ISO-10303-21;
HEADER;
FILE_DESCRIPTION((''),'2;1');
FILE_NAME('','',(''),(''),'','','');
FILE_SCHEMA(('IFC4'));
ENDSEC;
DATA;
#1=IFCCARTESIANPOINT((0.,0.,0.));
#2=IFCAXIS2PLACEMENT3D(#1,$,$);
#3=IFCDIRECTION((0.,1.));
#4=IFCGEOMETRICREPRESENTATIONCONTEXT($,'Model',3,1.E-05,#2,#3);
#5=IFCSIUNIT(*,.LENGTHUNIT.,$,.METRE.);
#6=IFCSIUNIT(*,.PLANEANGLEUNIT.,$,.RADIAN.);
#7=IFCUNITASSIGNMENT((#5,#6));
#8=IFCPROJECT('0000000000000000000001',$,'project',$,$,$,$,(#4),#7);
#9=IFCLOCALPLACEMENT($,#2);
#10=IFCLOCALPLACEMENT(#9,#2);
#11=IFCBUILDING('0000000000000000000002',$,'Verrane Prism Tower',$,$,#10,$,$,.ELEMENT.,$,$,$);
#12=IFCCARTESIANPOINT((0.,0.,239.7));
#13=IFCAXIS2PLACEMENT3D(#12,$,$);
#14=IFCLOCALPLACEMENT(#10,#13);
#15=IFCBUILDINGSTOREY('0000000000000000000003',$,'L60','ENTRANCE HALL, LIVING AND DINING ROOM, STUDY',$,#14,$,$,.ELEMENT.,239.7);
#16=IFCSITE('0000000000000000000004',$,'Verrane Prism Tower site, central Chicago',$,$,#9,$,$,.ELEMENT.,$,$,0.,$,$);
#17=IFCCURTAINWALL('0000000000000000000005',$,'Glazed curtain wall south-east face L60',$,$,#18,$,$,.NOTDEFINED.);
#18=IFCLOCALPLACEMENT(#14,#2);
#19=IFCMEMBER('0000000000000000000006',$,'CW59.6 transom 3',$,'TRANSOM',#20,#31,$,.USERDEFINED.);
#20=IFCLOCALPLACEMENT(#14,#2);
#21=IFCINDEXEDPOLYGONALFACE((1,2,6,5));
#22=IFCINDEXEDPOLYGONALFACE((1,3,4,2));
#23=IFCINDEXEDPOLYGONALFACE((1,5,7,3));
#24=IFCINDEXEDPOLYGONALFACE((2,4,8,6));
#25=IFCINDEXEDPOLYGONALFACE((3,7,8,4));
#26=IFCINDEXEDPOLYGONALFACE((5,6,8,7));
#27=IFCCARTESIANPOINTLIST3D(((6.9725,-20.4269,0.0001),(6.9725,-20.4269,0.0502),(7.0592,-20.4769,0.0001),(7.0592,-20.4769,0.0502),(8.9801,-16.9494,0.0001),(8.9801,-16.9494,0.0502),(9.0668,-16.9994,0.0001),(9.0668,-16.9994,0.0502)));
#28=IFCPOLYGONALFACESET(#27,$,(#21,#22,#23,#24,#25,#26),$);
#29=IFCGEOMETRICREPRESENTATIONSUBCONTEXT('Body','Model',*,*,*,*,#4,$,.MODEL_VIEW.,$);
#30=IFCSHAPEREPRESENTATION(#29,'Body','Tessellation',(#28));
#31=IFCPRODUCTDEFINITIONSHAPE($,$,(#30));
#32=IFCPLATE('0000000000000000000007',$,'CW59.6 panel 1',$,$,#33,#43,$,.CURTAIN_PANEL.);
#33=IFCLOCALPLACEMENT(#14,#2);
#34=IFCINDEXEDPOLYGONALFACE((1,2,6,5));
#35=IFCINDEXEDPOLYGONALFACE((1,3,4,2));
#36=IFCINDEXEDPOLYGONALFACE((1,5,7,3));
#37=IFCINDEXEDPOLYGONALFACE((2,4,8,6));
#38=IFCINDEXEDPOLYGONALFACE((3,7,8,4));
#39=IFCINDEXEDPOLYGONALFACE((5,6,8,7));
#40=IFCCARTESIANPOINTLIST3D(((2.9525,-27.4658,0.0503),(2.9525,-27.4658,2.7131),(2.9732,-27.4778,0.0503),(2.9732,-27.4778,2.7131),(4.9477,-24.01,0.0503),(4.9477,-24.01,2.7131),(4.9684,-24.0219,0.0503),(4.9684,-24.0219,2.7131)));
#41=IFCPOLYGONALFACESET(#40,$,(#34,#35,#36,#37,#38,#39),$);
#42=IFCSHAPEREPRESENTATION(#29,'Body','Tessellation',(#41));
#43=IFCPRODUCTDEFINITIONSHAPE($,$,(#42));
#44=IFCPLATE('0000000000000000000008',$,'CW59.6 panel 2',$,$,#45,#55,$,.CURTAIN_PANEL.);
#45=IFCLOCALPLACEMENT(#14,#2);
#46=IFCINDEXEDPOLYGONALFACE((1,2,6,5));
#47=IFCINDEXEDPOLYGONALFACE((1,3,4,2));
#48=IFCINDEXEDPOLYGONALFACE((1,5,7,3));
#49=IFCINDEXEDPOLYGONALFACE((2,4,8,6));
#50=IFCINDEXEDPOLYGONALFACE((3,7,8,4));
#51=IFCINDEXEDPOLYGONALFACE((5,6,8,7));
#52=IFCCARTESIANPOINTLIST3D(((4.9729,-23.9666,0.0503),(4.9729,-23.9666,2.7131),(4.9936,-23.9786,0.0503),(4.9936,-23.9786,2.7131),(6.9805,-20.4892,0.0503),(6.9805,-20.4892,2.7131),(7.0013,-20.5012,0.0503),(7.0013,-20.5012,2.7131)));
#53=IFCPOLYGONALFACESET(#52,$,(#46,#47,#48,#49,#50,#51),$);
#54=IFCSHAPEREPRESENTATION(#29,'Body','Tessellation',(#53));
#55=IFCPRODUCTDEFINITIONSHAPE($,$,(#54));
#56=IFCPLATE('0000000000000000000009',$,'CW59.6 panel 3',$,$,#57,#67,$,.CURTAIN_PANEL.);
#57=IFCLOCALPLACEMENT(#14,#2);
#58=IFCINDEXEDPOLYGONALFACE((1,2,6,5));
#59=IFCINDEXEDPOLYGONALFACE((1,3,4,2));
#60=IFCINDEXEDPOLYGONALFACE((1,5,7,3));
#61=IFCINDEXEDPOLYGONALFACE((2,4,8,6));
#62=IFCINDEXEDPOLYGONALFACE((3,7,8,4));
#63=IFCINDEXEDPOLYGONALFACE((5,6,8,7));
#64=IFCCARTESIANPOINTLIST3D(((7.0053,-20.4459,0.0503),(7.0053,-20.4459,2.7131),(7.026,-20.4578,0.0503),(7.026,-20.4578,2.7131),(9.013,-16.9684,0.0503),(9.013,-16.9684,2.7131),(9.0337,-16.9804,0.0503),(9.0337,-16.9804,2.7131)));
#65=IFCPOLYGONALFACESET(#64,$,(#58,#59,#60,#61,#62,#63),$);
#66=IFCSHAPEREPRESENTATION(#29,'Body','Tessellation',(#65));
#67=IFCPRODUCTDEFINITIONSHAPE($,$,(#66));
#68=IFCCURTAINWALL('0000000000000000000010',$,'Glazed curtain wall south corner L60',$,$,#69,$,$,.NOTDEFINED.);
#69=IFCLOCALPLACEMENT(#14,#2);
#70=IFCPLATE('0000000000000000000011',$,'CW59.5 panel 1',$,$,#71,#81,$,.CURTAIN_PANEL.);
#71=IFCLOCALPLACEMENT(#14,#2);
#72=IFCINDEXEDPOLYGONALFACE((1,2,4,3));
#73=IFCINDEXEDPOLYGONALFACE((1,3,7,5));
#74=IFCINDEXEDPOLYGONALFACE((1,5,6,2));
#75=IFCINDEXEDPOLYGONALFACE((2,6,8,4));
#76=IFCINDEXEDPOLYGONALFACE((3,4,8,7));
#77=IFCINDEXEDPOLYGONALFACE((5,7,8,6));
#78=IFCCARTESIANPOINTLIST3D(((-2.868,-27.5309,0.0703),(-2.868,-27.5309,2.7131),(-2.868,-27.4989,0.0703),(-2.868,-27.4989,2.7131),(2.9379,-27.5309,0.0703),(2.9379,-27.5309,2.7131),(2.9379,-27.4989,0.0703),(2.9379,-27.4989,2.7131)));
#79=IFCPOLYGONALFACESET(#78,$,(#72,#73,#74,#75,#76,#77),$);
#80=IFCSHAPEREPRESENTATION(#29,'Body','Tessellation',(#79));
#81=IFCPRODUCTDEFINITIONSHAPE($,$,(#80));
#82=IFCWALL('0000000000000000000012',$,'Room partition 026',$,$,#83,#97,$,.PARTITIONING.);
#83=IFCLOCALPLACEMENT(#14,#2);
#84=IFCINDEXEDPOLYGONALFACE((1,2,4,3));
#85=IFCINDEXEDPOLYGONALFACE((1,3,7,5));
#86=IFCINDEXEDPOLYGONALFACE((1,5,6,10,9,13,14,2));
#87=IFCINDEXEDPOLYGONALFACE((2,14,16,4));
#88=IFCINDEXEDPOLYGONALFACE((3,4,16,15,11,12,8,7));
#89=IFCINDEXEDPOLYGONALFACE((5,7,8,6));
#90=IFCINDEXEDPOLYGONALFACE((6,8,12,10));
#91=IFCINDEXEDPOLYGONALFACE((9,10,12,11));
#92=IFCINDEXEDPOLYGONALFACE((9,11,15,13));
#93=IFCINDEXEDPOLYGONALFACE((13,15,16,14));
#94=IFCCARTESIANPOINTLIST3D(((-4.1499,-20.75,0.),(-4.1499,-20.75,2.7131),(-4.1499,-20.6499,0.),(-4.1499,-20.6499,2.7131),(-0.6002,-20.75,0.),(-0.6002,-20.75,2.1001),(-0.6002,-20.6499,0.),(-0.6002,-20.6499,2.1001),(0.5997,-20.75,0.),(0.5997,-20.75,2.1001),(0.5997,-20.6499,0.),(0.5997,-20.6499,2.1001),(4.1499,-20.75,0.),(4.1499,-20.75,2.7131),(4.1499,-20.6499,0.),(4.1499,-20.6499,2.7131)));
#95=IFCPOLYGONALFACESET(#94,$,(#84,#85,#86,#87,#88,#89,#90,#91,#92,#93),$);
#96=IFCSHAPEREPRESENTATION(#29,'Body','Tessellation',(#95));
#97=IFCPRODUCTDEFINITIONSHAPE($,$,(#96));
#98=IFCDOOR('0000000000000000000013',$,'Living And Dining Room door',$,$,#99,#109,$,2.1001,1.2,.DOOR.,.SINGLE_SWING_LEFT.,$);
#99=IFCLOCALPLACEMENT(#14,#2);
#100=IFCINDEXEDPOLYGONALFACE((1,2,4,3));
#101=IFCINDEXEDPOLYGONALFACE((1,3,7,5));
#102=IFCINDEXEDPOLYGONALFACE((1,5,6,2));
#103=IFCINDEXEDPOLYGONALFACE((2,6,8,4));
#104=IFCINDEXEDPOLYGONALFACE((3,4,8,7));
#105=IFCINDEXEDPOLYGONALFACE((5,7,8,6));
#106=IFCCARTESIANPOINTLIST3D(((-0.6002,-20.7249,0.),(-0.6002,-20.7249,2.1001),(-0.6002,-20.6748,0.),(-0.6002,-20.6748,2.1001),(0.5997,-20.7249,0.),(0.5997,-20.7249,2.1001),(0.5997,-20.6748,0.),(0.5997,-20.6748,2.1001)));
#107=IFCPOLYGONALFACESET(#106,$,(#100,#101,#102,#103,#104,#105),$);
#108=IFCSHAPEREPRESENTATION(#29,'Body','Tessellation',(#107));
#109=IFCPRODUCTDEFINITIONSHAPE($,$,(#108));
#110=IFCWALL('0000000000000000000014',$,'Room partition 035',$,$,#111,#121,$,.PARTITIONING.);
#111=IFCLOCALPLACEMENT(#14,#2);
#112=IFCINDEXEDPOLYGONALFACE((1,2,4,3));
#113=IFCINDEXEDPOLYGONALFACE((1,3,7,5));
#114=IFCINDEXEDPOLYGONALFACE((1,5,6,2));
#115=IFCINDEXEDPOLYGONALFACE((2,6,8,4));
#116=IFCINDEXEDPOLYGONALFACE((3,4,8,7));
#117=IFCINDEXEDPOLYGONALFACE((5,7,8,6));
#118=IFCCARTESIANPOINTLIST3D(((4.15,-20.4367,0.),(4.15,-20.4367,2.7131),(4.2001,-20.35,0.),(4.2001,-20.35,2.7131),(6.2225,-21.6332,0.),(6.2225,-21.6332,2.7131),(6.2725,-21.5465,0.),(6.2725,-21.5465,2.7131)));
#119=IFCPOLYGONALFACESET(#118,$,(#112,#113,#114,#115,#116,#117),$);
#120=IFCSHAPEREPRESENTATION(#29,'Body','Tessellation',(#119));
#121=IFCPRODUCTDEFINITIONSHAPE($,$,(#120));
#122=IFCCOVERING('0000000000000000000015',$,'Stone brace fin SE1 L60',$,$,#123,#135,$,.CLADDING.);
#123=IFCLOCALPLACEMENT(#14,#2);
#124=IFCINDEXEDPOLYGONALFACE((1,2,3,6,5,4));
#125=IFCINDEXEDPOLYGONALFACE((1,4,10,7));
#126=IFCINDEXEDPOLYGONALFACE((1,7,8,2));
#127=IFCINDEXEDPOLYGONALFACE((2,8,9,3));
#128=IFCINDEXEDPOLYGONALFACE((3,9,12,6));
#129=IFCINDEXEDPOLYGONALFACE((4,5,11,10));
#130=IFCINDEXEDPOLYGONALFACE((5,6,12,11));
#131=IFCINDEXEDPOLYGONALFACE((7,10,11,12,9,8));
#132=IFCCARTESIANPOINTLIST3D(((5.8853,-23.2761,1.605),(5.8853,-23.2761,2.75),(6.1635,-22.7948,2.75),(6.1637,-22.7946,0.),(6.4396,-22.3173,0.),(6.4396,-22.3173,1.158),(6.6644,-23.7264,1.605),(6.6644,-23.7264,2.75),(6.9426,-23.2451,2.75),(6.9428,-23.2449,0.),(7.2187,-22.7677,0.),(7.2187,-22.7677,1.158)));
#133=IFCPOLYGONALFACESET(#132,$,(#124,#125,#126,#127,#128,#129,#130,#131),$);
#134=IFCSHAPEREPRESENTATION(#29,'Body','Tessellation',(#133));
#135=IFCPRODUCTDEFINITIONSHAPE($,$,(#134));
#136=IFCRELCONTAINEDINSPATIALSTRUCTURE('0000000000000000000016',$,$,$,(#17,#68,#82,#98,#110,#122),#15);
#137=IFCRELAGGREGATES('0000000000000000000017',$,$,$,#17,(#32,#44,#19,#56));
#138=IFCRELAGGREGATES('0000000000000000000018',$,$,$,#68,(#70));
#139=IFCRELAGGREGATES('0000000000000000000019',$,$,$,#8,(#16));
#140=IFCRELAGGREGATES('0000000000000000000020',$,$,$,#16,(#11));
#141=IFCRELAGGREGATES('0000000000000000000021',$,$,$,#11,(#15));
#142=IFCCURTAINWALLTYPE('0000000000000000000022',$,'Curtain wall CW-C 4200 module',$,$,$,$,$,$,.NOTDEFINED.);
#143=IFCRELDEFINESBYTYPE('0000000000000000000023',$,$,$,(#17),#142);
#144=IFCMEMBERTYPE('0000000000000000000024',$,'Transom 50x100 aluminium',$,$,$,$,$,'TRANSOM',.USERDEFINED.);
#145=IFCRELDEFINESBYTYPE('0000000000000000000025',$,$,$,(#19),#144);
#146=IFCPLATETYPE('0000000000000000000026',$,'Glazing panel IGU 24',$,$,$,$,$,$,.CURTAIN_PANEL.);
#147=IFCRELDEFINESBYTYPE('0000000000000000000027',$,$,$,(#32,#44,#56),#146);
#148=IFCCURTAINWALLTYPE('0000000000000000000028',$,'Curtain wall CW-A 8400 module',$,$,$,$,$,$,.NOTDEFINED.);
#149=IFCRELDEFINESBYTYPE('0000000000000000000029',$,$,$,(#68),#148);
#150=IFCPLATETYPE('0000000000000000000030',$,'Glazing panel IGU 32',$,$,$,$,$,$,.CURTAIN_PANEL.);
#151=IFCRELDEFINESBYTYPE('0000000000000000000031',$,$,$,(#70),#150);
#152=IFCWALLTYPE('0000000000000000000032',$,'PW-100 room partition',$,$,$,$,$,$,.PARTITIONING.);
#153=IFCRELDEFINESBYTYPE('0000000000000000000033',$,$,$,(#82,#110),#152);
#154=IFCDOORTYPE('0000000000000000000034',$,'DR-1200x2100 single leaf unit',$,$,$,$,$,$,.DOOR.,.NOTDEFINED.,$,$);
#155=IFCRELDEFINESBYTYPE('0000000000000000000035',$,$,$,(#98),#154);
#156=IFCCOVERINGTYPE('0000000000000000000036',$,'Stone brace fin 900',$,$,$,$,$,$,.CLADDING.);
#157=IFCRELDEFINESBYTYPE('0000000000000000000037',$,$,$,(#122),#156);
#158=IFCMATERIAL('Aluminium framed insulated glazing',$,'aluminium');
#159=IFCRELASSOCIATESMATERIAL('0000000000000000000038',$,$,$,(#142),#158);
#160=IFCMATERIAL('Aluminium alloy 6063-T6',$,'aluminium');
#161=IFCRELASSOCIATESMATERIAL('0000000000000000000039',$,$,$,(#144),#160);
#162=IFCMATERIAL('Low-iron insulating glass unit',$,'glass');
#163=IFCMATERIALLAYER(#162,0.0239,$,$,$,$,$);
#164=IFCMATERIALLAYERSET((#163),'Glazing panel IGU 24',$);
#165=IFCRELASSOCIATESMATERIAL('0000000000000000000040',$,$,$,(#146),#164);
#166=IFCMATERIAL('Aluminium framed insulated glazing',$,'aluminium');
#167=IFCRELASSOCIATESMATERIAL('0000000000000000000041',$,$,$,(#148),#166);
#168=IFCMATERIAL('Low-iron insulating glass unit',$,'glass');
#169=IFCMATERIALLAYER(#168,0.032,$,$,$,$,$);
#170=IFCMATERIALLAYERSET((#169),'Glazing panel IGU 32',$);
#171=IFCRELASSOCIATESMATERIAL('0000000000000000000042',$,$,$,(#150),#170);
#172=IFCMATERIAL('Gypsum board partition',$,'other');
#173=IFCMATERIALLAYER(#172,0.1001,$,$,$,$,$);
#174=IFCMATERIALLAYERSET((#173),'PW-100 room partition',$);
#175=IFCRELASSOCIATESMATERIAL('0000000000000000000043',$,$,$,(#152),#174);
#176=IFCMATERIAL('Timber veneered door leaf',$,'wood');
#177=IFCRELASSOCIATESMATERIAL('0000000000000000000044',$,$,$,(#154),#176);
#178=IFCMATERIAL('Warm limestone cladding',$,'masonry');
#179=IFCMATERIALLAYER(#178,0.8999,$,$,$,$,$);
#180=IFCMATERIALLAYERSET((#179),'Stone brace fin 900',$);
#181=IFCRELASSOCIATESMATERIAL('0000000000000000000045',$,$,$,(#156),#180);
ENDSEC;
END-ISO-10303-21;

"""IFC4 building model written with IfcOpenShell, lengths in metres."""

from ifc_helpers import new_model, si_unit, direction, frame, frame_2d, origin, origin_2d, place, context, subcontext, project, spatial, polyline, rectangle, outline, extrude, material, layer, layer_set, material_profile, profile_set, type_object, element, fill, aggregate, save


model = new_model("IFC4")

# Units and contexts
model_context = context("Model", 3, precision=1e-05, world=origin(), true_north=direction((0.0, 1.0)))
body_context = subcontext(model_context, "Body", "Model", "MODEL_VIEW")
ifc_project = project(units=[si_unit("LENGTHUNIT", "METRE"), si_unit("PLANEANGLEUNIT", "RADIAN")], contexts=[model_context])

# Site, building, storey
site_placement = place(None, origin())
site = spatial("IfcSite", under=ifc_project, at=site_placement, Name="Verrane Prism Tower site, central Chicago", CompositionType="ELEMENT", RefElevation=0.0)
building_placement = place(site_placement, origin())
building = spatial("IfcBuilding", under=site, at=building_placement, Name="Verrane Prism Tower", CompositionType="ELEMENT")
storey_placement = place(building_placement, frame((0.0, 0.0, 239.7)))
storey = spatial("IfcBuildingStorey", under=building, at=storey_placement, Name="L60", Description="ENTRANCE HALL, LIVING AND DINING ROOM, STUDY", CompositionType="ELEMENT", Elevation=239.7)

# Curtain wall
ifc_material_1 = material(Name="Aluminium framed insulated glazing", Category="aluminium")
curtain_wall_type_1 = type_object("IfcCurtainWallType", Name="Curtain wall CW-C 4200 module", PredefinedType="NOTDEFINED", material=ifc_material_1)
curtain_wall_1_placement = place(storey_placement, origin())
curtain_wall_1 = element("IfcCurtainWall", 1, at=curtain_wall_1_placement, inside=storey, type_object=curtain_wall_type_1, Name="Glazed curtain wall south-east face L60", PredefinedType="NOTDEFINED")

# Member
ifc_material_2 = material(Name="Aluminium alloy 6063-T6", Category="aluminium")
ifc_material_profile_1 = material_profile(ifc_material_2, rectangle(XDim=0.1001, YDim=0.05, at=origin_2d()), Name="Transom 50x100 aluminium")
ifc_profile_set_1 = profile_set([ifc_material_profile_1], Name="Aluminium alloy 6063-T6")
member_type_1 = type_object("IfcMemberType", Name="Transom 50x100 aluminium", ElementType="TRANSOM", PredefinedType="USERDEFINED", material=ifc_profile_set_1)
member_1_placement = place(storey_placement, frame((7.0159, -20.4519, 0.0251), z_axis=(0.499965, 0.866046, 0.0), x_axis=(-0.866046, 0.499965, 0.0)))
member_1 = element("IfcMember", 2, at=member_1_placement, type_object=member_type_1, Name="CW59.6 transom 3", ObjectType="TRANSOM", PredefinedType="USERDEFINED", context=body_context, shape_type="SweptSolid", body=[
    extrude(rectangle(XDim=0.1001, YDim=0.05, at=origin_2d()), origin(), (0.0, 0.0, 1.0), 4.0154),
])

# Plates
ifc_material_3 = material(Name="Low-iron insulating glass unit", Category="glass")
ifc_layer_1 = layer(ifc_material_3, 0.0239)
ifc_layer_set_1 = layer_set([ifc_layer_1], Name="Glazing panel IGU 24")
plate_type_1 = type_object("IfcPlateType", Name="Glazing panel IGU 24", PredefinedType="CURTAIN_PANEL", material=ifc_layer_set_1)
plate_1_placement = place(storey_placement, frame((3.9604, -25.7439, 0.0503), z_axis=(0.0, 0.0, 1.0), x_axis=(0.499999, 0.866026, 0.0)))
plate_1 = element("IfcPlate", 3, at=plate_1_placement, type_object=plate_type_1, Name="CW59.6 panel 1", PredefinedType="CURTAIN_PANEL", context=body_context, shape_type="SweptSolid", body=[
    extrude(rectangle(XDim=3.9905, YDim=0.0239, at=origin_2d()), origin(), (0.0, 0.0, 1.0), 2.6628),
])
plate_2_placement = place(storey_placement, frame((5.9871, -22.2339, 0.0503), z_axis=(0.0, 0.0, 1.0), x_axis=(0.499999, 0.866026, 0.0)))
plate_2 = element("IfcPlate", 4, at=plate_2_placement, type_object=plate_type_1, Name="CW59.6 panel 2", PredefinedType="CURTAIN_PANEL", context=body_context, shape_type="SweptSolid", body=[
    extrude(rectangle(XDim=4.0154, YDim=0.0239, at=origin_2d()), origin(), (0.0, 0.0, 1.0), 2.6628),
])
plate_3_placement = place(storey_placement, frame((8.0195, -18.7131, 0.0503), z_axis=(0.0, 0.0, 1.0), x_axis=(0.499999, 0.866026, 0.0)))
plate_3 = element("IfcPlate", 5, at=plate_3_placement, type_object=plate_type_1, Name="CW59.6 panel 3", PredefinedType="CURTAIN_PANEL", context=body_context, shape_type="SweptSolid", body=[
    extrude(rectangle(XDim=4.0154, YDim=0.0239, at=origin_2d()), origin(), (0.0, 0.0, 1.0), 2.6628),
])
aggregate(curtain_wall_1, [plate_1, plate_2, member_1, plate_3])

# Curtain wall, plate
ifc_material_4 = material(Name="Aluminium framed insulated glazing", Category="aluminium")
curtain_wall_type_2 = type_object("IfcCurtainWallType", Name="Curtain wall CW-A 8400 module", PredefinedType="NOTDEFINED", material=ifc_material_4)
curtain_wall_2_placement = place(storey_placement, origin())
curtain_wall_2 = element("IfcCurtainWall", 6, at=curtain_wall_2_placement, inside=storey, type_object=curtain_wall_type_2, Name="Glazed curtain wall south corner L60", PredefinedType="NOTDEFINED")
ifc_material_5 = material(Name="Low-iron insulating glass unit", Category="glass")
ifc_layer_2 = layer(ifc_material_5, 0.032)
ifc_layer_set_2 = layer_set([ifc_layer_2], Name="Glazing panel IGU 32")
plate_type_2 = type_object("IfcPlateType", Name="Glazing panel IGU 32", PredefinedType="CURTAIN_PANEL", material=ifc_layer_set_2)
plate_4_placement = place(storey_placement, frame((0.0349, -27.5149, 0.0703), z_axis=(0.0, 0.0, 1.0), x_axis=(1.0, 0.0, 0.0)))
plate_4 = element("IfcPlate", 7, at=plate_4_placement, type_object=plate_type_2, Name="CW59.5 panel 1", PredefinedType="CURTAIN_PANEL", context=body_context, shape_type="SweptSolid", body=[
    extrude(rectangle(XDim=5.8059, YDim=0.032, at=origin_2d()), origin(), (0.0, 0.0, 1.0), 2.6428),
])
aggregate(curtain_wall_2, [plate_4])

# Wall, opening, door
ifc_material_6 = material(Name="Gypsum board partition", Category="other")
ifc_layer_3 = layer(ifc_material_6, 0.1001)
ifc_layer_set_3 = layer_set([ifc_layer_3], Name="PW-100 room partition")
wall_type = type_object("IfcWallType", Name="PW-100 room partition", PredefinedType="PARTITIONING", material=ifc_layer_set_3)
wall_1_placement = place(storey_placement, frame((4.1499, -20.7, 0.0), z_axis=(0.0, 0.0, 1.0), x_axis=(-1.0, 0.0, 0.0)))
wall_1 = element("IfcWall", 8, at=wall_1_placement, inside=storey, type_object=wall_type, Name="Room partition 026", PredefinedType="PARTITIONING", context=body_context, shape_type="SweptSolid", body=[
    extrude(rectangle(XDim=8.2998, YDim=0.1001, at=frame_2d((4.1499, 0.0))), origin(), (0.0, 0.0, 1.0), 2.7131),
])
opening_placement = place(wall_1_placement, frame((3.55, 0.0, 0.0)))
opening = element("IfcOpeningElement", 9, at=opening_placement, cuts=wall_1, PredefinedType="OPENING", context=body_context, shape_type="SweptSolid", body=[
    extrude(rectangle(XDim=1.2, YDim=2.1001, at=frame_2d((0.6001, 1.05))), frame((0.0, 0.0601, 0.0), z_axis=(0.0, -1.0, 0.0), x_axis=(1.0, 0.0, 0.0)), (0.0, 0.0, 1.0), 0.1201),
])
ifc_material_7 = material(Name="Timber veneered door leaf", Category="wood")
door_type = type_object("IfcDoorType", Name="DR-1200x2100 single leaf unit", OperationType="NOTDEFINED", PredefinedType="DOOR", material=ifc_material_7)
door_placement = place(opening_placement, origin())
door = element("IfcDoor", 10, at=door_placement, inside=storey, type_object=door_type, Name="Living And Dining Room door", OperationType="SINGLE_SWING_LEFT", OverallHeight=2.1001, OverallWidth=1.2, PredefinedType="DOOR", context=body_context, shape_type="SweptSolid", body=[
    extrude(rectangle(XDim=1.2, YDim=2.1001, at=frame_2d((0.6001, 1.05))), frame((0.0, 0.0249, 0.0), z_axis=(0.0, -1.0, 0.0), x_axis=(1.0, 0.0, 0.0)), (0.0, 0.0, 1.0), 0.05),
])
fill(opening, door)

# Wall
wall_2_placement = place(storey_placement, frame((4.175, -20.3933, 0.0), z_axis=(0.0, 0.0, 1.0), x_axis=(0.866031, -0.49999, 0.0)))
element("IfcWall", 11, at=wall_2_placement, inside=storey, type_object=wall_type, Name="Room partition 035", PredefinedType="PARTITIONING", context=body_context, shape_type="SweptSolid", body=[
    extrude(rectangle(XDim=2.3931, YDim=0.1001, at=frame_2d((1.1965, 0.0))), origin(), (0.0, 0.0, 1.0), 2.7131),
])

# Covering
ifc_material_8 = material(Name="Warm limestone cladding", Category="masonry")
ifc_layer_4 = layer(ifc_material_8, 0.8999)
ifc_layer_set_4 = layer_set([ifc_layer_4], Name="Stone brace fin 900")
covering_type = type_object("IfcCoveringType", Name="Stone brace fin 900", PredefinedType="CLADDING", material=ifc_layer_set_4)
covering_placement = place(storey_placement, frame((6.8291, -22.5425, 0.0), z_axis=(0.0, 0.0, 1.0), x_axis=(-0.500454, -0.865763, 0.0)))
element("IfcCovering", 12, at=covering_placement, inside=storey, type_object=covering_type, Name="Stone brace fin SE1 L60", PredefinedType="CLADDING", context=body_context, shape_type="SweptSolid", body=[
    extrude(outline(polyline([(1.1074, 2.75), (0.5515, 2.75), (0.0, 1.158), (0.0, 0.0), (0.5513, 0.0), (1.1074, 1.605), (1.1074, 2.75)])), frame((0.0, 0.45, 0.0), z_axis=(0.0, -1.0, 0.0), x_axis=(1.0, 0.0, 0.0)), (0.0, 0.0, 1.0), 0.8999),
])

save(model, "model.ifc")
